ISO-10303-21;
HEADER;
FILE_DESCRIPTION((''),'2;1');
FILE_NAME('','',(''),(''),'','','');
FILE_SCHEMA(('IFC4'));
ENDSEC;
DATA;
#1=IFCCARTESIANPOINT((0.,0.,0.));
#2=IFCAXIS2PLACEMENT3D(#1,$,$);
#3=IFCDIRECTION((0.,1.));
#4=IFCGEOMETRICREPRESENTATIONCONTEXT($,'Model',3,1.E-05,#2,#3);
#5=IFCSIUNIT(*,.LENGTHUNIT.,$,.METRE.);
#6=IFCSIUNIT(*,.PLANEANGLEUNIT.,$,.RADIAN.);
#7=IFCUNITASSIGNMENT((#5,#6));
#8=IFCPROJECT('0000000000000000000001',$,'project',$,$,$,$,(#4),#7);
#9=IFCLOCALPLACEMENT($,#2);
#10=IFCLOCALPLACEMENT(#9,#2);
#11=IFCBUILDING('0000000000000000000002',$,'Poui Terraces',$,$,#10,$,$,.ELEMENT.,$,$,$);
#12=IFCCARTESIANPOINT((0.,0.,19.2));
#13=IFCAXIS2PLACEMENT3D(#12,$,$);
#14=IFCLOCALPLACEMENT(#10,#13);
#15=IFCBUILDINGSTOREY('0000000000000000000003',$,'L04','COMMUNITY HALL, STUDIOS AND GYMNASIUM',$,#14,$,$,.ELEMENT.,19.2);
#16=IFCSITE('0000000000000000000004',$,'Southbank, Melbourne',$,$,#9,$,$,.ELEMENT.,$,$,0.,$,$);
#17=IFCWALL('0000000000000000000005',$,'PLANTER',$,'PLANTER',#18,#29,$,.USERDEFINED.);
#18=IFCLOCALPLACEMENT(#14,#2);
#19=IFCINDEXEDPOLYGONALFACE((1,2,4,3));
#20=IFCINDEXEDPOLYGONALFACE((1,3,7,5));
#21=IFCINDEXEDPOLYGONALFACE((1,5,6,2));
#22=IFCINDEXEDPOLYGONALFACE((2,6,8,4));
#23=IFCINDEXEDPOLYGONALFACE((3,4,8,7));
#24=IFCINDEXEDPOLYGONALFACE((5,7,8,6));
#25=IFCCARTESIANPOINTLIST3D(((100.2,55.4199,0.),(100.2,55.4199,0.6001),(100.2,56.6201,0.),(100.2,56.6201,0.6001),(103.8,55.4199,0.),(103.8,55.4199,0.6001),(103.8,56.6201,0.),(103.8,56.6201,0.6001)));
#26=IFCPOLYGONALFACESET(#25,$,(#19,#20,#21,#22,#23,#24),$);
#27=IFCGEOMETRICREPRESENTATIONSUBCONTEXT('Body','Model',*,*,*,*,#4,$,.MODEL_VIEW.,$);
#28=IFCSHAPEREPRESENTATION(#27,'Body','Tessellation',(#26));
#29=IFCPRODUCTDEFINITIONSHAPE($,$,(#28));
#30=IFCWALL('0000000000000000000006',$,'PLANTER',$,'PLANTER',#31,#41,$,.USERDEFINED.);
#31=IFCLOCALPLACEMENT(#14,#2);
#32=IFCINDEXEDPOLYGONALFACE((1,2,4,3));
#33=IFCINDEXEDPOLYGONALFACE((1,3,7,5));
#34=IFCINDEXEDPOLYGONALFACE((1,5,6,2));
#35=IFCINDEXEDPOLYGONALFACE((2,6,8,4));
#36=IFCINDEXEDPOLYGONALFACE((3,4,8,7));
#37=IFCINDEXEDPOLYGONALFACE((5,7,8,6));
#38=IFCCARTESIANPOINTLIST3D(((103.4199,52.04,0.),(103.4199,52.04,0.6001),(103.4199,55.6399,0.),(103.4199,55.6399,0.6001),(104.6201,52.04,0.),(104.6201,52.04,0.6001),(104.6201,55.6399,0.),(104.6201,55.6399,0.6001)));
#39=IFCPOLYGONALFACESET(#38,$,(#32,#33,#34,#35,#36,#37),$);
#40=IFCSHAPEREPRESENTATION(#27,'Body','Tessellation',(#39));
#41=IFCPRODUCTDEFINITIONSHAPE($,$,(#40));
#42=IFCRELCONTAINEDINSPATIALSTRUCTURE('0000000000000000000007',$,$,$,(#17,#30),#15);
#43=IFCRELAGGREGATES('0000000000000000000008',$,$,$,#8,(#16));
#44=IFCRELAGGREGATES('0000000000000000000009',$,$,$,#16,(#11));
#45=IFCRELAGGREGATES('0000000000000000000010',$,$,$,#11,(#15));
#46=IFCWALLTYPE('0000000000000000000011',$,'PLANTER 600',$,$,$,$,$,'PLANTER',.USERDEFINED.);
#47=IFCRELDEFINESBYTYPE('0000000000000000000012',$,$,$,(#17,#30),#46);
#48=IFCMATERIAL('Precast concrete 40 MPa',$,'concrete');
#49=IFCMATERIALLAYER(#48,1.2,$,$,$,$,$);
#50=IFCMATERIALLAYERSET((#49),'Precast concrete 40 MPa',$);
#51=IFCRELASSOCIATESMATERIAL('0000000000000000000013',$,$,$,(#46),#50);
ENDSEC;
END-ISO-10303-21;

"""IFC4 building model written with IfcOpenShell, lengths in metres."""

from ifc_helpers import new_model, si_unit, direction, frame, origin, place, context, subcontext, project, spatial, polyline, outline, extrude, source, transform, mapped, material, layer, layer_set, type_object, element, save


model = new_model("IFC4")

# Units and contexts
model_context = context("Model", 3, precision=1e-05, world=origin(), true_north=direction((0.0, 1.0)))
body_context = subcontext(model_context, "Body", "Model", "MODEL_VIEW")
ifc_project = project(units=[si_unit("LENGTHUNIT", "METRE"), si_unit("PLANEANGLEUNIT", "RADIAN")], contexts=[model_context])

# Site, building, storey
site_placement = place(None, origin())
site = spatial("IfcSite", under=ifc_project, at=site_placement, Name="Southbank, Melbourne", CompositionType="ELEMENT", RefElevation=0.0)
building_placement = place(site_placement, origin())
building = spatial("IfcBuilding", under=site, at=building_placement, Name="Poui Terraces", CompositionType="ELEMENT")
storey_placement = place(building_placement, frame((0.0, 0.0, 19.2)))
storey = spatial("IfcBuildingStorey", under=building, at=storey_placement, Name="L04", Description="COMMUNITY HALL, STUDIOS AND GYMNASIUM", CompositionType="ELEMENT", Elevation=19.2)

# Walls
ifc_material_1 = material(Name="Precast concrete 40 MPa", Category="concrete")
ifc_layer_1 = layer(ifc_material_1, 1.2)
ifc_layer_set_1 = layer_set([ifc_layer_1], Name="Precast concrete 40 MPa")
wall_type_1 = type_object("IfcWallType", Name="PLANTER 600", ElementType="PLANTER", PredefinedType="USERDEFINED", material=ifc_layer_set_1)
shared_shape_1 = source(origin(), body_context, "Body", "SweptSolid", [
    extrude(outline(polyline([(0.0, 0.0), (3.6001, 0.0), (3.6001, 1.2002), (0.0, 1.2002), (0.0, 0.0)])), origin(), (0.0, 0.0, 1.0), 0.6001),
])
for number, where, name in (
    (1, (100.2, 55.4199, 0.0), "PLANTER"),
):
    element("IfcWall", number, at=place(storey_placement, frame(where)), inside=storey, type_object=wall_type_1, Name=name, ObjectType="PLANTER", PredefinedType="USERDEFINED", context=body_context, shape_type="MappedRepresentation", body=[
        mapped(shared_shape_1, transform((0.0, 0.0, 0.0))),
    ])
shared_shape_2 = source(origin(), body_context, "Body", "SweptSolid", [
    extrude(outline(polyline([(0.0, 0.0), (1.2002, 0.0), (1.2002, 3.5999), (0.0, 3.5999), (0.0, 0.0)])), origin(), (0.0, 0.0, 1.0), 0.6001),
])
wall_1_placement = place(storey_placement, frame((103.4199, 52.04, 0.0)))
element("IfcWall", 2, at=wall_1_placement, inside=storey, type_object=wall_type_1, Name="PLANTER", ObjectType="PLANTER", PredefinedType="USERDEFINED", context=body_context, shape_type="MappedRepresentation", body=[
    mapped(shared_shape_2, transform((0.0, 0.0, 0.0))),
])

save(model, "model.ifc")
